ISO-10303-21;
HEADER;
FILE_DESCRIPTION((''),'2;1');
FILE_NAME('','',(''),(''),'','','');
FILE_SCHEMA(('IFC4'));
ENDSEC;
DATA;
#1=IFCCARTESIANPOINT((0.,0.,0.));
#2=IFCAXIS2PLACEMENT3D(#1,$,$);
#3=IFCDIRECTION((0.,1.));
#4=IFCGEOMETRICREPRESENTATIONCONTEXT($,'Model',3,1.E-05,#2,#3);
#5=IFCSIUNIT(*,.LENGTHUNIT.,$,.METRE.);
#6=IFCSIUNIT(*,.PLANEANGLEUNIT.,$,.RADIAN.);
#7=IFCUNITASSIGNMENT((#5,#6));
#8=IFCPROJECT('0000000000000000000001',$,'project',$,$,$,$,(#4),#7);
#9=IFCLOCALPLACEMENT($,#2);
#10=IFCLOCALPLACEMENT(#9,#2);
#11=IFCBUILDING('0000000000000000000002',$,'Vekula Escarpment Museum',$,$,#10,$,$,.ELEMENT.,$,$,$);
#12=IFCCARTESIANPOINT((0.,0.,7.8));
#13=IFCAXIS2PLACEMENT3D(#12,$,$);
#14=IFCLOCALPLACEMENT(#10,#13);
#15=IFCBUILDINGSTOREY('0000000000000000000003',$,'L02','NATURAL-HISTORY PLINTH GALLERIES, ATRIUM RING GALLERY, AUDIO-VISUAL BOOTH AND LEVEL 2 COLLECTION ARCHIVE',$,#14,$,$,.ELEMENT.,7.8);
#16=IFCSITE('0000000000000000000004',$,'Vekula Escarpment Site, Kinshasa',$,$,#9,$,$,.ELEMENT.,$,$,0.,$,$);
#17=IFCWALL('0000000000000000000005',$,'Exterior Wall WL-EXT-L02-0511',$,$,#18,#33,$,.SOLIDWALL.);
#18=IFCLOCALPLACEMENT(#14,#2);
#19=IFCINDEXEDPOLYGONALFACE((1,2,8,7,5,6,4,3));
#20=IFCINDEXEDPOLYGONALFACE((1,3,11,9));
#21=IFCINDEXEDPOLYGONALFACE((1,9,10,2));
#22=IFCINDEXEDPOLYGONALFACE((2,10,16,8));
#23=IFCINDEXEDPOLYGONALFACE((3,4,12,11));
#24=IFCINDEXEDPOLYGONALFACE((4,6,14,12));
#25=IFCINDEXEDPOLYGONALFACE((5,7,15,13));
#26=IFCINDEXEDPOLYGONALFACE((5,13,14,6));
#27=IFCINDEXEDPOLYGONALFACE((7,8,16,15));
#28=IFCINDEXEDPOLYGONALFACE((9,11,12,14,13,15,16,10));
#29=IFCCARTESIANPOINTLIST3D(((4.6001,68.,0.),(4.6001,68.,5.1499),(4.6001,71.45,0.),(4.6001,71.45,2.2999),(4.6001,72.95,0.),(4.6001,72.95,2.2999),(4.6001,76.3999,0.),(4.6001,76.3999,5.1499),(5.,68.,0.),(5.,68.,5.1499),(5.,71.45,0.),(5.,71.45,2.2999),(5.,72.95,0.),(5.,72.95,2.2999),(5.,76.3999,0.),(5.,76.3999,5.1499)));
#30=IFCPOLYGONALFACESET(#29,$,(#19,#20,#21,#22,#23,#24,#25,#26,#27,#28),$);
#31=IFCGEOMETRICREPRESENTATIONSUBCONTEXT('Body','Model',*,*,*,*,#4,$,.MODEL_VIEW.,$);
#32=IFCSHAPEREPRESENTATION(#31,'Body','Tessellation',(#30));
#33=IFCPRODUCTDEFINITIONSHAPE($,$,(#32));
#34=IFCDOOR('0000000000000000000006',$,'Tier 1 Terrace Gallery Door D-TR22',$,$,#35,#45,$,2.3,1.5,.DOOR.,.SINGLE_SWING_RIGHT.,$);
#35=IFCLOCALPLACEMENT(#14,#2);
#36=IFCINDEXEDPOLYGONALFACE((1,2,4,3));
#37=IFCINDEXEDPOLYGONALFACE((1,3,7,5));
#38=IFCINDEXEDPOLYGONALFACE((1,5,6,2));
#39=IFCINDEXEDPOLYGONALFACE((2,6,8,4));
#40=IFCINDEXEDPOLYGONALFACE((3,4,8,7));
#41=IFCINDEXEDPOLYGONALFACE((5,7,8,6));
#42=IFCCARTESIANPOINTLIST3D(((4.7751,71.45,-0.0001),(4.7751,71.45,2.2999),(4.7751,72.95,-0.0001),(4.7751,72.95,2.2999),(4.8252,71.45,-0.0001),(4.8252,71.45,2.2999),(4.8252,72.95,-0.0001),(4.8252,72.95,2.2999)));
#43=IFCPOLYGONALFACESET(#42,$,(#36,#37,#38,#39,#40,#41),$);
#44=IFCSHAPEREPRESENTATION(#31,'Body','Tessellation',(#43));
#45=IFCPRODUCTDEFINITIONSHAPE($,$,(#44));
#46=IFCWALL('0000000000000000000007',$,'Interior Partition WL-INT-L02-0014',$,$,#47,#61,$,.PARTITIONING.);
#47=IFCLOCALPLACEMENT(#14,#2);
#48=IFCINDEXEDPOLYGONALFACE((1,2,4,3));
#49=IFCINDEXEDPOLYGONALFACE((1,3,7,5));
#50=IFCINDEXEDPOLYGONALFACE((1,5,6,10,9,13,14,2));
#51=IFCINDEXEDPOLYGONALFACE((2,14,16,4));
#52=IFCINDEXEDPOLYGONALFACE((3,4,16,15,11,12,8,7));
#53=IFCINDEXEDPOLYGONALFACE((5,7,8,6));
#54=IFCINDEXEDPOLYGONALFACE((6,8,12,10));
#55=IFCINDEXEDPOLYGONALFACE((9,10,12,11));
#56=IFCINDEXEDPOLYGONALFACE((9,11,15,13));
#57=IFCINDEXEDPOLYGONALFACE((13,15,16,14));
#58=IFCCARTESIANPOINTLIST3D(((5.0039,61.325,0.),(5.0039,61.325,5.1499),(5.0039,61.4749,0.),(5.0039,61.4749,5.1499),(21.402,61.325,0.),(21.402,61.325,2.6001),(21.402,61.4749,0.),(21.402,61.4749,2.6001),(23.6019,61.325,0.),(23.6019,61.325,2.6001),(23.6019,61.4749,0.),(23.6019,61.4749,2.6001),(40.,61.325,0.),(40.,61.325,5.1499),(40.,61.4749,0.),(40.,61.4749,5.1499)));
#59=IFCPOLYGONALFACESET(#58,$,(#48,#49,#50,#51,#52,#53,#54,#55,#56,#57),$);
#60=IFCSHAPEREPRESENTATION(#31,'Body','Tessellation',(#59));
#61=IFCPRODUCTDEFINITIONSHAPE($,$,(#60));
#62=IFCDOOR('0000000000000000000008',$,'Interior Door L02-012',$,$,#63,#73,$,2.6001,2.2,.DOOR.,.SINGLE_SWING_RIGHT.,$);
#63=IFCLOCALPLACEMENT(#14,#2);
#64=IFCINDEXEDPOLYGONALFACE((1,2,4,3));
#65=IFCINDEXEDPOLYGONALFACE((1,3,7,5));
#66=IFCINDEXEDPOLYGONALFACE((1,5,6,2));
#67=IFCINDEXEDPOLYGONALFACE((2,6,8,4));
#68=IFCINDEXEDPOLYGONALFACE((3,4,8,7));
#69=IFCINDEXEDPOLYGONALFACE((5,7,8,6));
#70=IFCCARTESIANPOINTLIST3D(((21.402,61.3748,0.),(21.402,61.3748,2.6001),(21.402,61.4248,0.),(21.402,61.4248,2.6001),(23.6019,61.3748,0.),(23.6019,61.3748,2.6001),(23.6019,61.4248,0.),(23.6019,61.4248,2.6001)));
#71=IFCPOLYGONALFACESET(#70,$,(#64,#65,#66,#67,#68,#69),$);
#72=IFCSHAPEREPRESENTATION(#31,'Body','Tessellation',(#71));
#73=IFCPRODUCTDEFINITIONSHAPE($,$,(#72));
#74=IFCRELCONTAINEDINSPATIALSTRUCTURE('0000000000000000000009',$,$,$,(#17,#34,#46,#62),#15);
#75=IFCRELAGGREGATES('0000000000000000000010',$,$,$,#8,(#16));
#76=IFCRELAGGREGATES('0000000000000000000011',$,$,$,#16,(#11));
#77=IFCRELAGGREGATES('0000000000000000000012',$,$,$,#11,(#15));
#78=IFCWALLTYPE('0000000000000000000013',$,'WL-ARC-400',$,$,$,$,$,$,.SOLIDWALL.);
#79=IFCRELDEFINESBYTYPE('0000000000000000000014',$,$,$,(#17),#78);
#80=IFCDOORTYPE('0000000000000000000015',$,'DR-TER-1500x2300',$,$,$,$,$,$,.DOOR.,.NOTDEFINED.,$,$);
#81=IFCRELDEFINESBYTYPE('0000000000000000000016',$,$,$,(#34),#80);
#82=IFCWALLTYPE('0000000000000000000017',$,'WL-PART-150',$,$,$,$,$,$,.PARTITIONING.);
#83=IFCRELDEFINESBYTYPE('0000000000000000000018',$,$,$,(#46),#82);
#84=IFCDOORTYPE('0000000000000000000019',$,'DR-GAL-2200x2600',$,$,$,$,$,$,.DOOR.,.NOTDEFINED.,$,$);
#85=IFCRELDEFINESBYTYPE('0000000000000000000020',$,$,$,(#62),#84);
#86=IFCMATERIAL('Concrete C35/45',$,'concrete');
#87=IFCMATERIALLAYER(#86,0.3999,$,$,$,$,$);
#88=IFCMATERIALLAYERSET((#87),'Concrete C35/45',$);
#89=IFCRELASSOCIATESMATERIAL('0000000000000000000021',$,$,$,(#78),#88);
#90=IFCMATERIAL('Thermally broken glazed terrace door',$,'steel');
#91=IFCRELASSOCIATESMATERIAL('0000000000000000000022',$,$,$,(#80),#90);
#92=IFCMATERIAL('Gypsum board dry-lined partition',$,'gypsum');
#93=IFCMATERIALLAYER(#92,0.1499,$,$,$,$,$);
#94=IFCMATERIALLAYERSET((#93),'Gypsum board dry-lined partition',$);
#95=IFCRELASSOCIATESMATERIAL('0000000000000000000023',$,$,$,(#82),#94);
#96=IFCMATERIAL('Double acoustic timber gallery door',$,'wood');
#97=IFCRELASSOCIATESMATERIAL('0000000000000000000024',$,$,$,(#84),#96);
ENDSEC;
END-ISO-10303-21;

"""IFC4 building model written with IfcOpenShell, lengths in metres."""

from ifc_helpers import new_model, si_unit, direction, frame, frame_2d, origin, place, context, subcontext, project, spatial, rectangle, extrude, material, layer, layer_set, type_object, element, fill, save


model = new_model("IFC4")

# Units and contexts
model_context = context("Model", 3, precision=1e-05, world=origin(), true_north=direction((0.0, 1.0)))
body_context = subcontext(model_context, "Body", "Model", "MODEL_VIEW")
ifc_project = project(units=[si_unit("LENGTHUNIT", "METRE"), si_unit("PLANEANGLEUNIT", "RADIAN")], contexts=[model_context])

# Site, building, storey
site_placement = place(None, origin())
site = spatial("IfcSite", under=ifc_project, at=site_placement, Name="Vekula Escarpment Site, Kinshasa", CompositionType="ELEMENT", RefElevation=0.0)
building_placement = place(site_placement, origin())
building = spatial("IfcBuilding", under=site, at=building_placement, Name="Vekula Escarpment Museum", CompositionType="ELEMENT")
storey_placement = place(building_placement, frame((0.0, 0.0, 7.8)))
storey = spatial("IfcBuildingStorey", under=building, at=storey_placement, Name="L02", Description="NATURAL-HISTORY PLINTH GALLERIES, ATRIUM RING GALLERY, AUDIO-VISUAL BOOTH AND LEVEL 2 COLLECTION ARCHIVE", CompositionType="ELEMENT", Elevation=7.8)

# Walls, openings, doors
ifc_material_1 = material(Name="Concrete C35/45", Category="concrete")
ifc_layer_1 = layer(ifc_material_1, 0.3999)
ifc_layer_set_1 = layer_set([ifc_layer_1], Name="Concrete C35/45")
wall_type_1 = type_object("IfcWallType", Name="WL-ARC-400", PredefinedType="SOLIDWALL", material=ifc_layer_set_1)
wall_1_placement = place(storey_placement, frame((4.8, 68.0, 0.0), z_axis=(0.0, 0.0, 1.0), x_axis=(0.0, 1.0, 0.0)))
wall_1 = element("IfcWall", 1, at=wall_1_placement, inside=storey, type_object=wall_type_1, Name="Exterior Wall WL-EXT-L02-0511", PredefinedType="SOLIDWALL", context=body_context, shape_type="SweptSolid", body=[
    extrude(rectangle(XDim=8.3999, YDim=0.3999, at=frame_2d((4.2, 0.0))), origin(), (0.0, 0.0, 1.0), 5.1499),
])
opening_1_placement = place(wall_1_placement, frame((3.45, 0.0, 0.0)))
opening_1 = element("IfcOpeningElement", 2, at=opening_1_placement, cuts=wall_1, PredefinedType="OPENING", context=body_context, shape_type="SweptSolid", body=[
    extrude(rectangle(XDim=1.5, YDim=2.3, at=frame_2d((0.75, 1.1499))), frame((0.0, 0.21, 0.0), z_axis=(0.0, -1.0, 0.0), x_axis=(1.0, 0.0, 0.0)), (0.0, 0.0, 1.0), 0.4199),
])
ifc_material_2 = material(Name="Thermally broken glazed terrace door", Category="steel")
door_type_1 = type_object("IfcDoorType", Name="DR-TER-1500x2300", OperationType="NOTDEFINED", PredefinedType="DOOR", material=ifc_material_2)
door_1_placement = place(opening_1_placement, origin())
door_1 = element("IfcDoor", 3, at=door_1_placement, inside=storey, type_object=door_type_1, Name="Tier 1 Terrace Gallery Door D-TR22", OperationType="SINGLE_SWING_RIGHT", OverallHeight=2.3, OverallWidth=1.5, PredefinedType="DOOR", context=body_context, shape_type="SweptSolid", body=[
    extrude(rectangle(XDim=1.5, YDim=2.3, at=frame_2d((0.75, 1.1499))), frame((0.0, 0.0249, 0.0), z_axis=(0.0, -1.0, 0.0), x_axis=(1.0, 0.0, 0.0)), (0.0, 0.0, 1.0), 0.05),
])
fill(opening_1, door_1)
ifc_material_3 = material(Name="Gypsum board dry-lined partition", Category="gypsum")
ifc_layer_2 = layer(ifc_material_3, 0.1499)
ifc_layer_set_2 = layer_set([ifc_layer_2], Name="Gypsum board dry-lined partition")
wall_type_2 = type_object("IfcWallType", Name="WL-PART-150", PredefinedType="PARTITIONING", material=ifc_layer_set_2)
wall_2_placement = place(storey_placement, frame((5.0039, 61.3999, 0.0), z_axis=(0.0, 0.0, 1.0), x_axis=(1.0, 0.0, 0.0)))
wall_2 = element("IfcWall", 4, at=wall_2_placement, inside=storey, type_object=wall_type_2, Name="Interior Partition WL-INT-L02-0014", PredefinedType="PARTITIONING", context=body_context, shape_type="SweptSolid", body=[
    extrude(rectangle(XDim=34.9961, YDim=0.1499, at=frame_2d((17.498, 0.0))), origin(), (0.0, 0.0, 1.0), 5.1499),
])
opening_2_placement = place(wall_2_placement, frame((16.3979, 0.0, 0.0)))
opening_2 = element("IfcOpeningElement", 5, at=opening_2_placement, cuts=wall_2, PredefinedType="OPENING", context=body_context, shape_type="SweptSolid", body=[
    extrude(rectangle(XDim=2.2, YDim=2.6001, at=frame_2d((1.1001, 1.3))), frame((0.0, 0.085, 0.0), z_axis=(0.0, -1.0, 0.0), x_axis=(1.0, 0.0, 0.0)), (0.0, 0.0, 1.0), 0.1699),
])
ifc_material_4 = material(Name="Double acoustic timber gallery door", Category="wood")
door_type_2 = type_object("IfcDoorType", Name="DR-GAL-2200x2600", OperationType="NOTDEFINED", PredefinedType="DOOR", material=ifc_material_4)
door_2_placement = place(opening_2_placement, origin())
door_2 = element("IfcDoor", 6, at=door_2_placement, inside=storey, type_object=door_type_2, Name="Interior Door L02-012", OperationType="SINGLE_SWING_RIGHT", OverallHeight=2.6001, OverallWidth=2.2, PredefinedType="DOOR", context=body_context, shape_type="SweptSolid", body=[
    extrude(rectangle(XDim=2.2, YDim=2.6001, at=frame_2d((1.1001, 1.3))), frame((0.0, 0.0249, 0.0), z_axis=(0.0, -1.0, 0.0), x_axis=(1.0, 0.0, 0.0)), (0.0, 0.0, 1.0), 0.05),
])
fill(opening_2, door_2)

save(model, "model.ifc")
